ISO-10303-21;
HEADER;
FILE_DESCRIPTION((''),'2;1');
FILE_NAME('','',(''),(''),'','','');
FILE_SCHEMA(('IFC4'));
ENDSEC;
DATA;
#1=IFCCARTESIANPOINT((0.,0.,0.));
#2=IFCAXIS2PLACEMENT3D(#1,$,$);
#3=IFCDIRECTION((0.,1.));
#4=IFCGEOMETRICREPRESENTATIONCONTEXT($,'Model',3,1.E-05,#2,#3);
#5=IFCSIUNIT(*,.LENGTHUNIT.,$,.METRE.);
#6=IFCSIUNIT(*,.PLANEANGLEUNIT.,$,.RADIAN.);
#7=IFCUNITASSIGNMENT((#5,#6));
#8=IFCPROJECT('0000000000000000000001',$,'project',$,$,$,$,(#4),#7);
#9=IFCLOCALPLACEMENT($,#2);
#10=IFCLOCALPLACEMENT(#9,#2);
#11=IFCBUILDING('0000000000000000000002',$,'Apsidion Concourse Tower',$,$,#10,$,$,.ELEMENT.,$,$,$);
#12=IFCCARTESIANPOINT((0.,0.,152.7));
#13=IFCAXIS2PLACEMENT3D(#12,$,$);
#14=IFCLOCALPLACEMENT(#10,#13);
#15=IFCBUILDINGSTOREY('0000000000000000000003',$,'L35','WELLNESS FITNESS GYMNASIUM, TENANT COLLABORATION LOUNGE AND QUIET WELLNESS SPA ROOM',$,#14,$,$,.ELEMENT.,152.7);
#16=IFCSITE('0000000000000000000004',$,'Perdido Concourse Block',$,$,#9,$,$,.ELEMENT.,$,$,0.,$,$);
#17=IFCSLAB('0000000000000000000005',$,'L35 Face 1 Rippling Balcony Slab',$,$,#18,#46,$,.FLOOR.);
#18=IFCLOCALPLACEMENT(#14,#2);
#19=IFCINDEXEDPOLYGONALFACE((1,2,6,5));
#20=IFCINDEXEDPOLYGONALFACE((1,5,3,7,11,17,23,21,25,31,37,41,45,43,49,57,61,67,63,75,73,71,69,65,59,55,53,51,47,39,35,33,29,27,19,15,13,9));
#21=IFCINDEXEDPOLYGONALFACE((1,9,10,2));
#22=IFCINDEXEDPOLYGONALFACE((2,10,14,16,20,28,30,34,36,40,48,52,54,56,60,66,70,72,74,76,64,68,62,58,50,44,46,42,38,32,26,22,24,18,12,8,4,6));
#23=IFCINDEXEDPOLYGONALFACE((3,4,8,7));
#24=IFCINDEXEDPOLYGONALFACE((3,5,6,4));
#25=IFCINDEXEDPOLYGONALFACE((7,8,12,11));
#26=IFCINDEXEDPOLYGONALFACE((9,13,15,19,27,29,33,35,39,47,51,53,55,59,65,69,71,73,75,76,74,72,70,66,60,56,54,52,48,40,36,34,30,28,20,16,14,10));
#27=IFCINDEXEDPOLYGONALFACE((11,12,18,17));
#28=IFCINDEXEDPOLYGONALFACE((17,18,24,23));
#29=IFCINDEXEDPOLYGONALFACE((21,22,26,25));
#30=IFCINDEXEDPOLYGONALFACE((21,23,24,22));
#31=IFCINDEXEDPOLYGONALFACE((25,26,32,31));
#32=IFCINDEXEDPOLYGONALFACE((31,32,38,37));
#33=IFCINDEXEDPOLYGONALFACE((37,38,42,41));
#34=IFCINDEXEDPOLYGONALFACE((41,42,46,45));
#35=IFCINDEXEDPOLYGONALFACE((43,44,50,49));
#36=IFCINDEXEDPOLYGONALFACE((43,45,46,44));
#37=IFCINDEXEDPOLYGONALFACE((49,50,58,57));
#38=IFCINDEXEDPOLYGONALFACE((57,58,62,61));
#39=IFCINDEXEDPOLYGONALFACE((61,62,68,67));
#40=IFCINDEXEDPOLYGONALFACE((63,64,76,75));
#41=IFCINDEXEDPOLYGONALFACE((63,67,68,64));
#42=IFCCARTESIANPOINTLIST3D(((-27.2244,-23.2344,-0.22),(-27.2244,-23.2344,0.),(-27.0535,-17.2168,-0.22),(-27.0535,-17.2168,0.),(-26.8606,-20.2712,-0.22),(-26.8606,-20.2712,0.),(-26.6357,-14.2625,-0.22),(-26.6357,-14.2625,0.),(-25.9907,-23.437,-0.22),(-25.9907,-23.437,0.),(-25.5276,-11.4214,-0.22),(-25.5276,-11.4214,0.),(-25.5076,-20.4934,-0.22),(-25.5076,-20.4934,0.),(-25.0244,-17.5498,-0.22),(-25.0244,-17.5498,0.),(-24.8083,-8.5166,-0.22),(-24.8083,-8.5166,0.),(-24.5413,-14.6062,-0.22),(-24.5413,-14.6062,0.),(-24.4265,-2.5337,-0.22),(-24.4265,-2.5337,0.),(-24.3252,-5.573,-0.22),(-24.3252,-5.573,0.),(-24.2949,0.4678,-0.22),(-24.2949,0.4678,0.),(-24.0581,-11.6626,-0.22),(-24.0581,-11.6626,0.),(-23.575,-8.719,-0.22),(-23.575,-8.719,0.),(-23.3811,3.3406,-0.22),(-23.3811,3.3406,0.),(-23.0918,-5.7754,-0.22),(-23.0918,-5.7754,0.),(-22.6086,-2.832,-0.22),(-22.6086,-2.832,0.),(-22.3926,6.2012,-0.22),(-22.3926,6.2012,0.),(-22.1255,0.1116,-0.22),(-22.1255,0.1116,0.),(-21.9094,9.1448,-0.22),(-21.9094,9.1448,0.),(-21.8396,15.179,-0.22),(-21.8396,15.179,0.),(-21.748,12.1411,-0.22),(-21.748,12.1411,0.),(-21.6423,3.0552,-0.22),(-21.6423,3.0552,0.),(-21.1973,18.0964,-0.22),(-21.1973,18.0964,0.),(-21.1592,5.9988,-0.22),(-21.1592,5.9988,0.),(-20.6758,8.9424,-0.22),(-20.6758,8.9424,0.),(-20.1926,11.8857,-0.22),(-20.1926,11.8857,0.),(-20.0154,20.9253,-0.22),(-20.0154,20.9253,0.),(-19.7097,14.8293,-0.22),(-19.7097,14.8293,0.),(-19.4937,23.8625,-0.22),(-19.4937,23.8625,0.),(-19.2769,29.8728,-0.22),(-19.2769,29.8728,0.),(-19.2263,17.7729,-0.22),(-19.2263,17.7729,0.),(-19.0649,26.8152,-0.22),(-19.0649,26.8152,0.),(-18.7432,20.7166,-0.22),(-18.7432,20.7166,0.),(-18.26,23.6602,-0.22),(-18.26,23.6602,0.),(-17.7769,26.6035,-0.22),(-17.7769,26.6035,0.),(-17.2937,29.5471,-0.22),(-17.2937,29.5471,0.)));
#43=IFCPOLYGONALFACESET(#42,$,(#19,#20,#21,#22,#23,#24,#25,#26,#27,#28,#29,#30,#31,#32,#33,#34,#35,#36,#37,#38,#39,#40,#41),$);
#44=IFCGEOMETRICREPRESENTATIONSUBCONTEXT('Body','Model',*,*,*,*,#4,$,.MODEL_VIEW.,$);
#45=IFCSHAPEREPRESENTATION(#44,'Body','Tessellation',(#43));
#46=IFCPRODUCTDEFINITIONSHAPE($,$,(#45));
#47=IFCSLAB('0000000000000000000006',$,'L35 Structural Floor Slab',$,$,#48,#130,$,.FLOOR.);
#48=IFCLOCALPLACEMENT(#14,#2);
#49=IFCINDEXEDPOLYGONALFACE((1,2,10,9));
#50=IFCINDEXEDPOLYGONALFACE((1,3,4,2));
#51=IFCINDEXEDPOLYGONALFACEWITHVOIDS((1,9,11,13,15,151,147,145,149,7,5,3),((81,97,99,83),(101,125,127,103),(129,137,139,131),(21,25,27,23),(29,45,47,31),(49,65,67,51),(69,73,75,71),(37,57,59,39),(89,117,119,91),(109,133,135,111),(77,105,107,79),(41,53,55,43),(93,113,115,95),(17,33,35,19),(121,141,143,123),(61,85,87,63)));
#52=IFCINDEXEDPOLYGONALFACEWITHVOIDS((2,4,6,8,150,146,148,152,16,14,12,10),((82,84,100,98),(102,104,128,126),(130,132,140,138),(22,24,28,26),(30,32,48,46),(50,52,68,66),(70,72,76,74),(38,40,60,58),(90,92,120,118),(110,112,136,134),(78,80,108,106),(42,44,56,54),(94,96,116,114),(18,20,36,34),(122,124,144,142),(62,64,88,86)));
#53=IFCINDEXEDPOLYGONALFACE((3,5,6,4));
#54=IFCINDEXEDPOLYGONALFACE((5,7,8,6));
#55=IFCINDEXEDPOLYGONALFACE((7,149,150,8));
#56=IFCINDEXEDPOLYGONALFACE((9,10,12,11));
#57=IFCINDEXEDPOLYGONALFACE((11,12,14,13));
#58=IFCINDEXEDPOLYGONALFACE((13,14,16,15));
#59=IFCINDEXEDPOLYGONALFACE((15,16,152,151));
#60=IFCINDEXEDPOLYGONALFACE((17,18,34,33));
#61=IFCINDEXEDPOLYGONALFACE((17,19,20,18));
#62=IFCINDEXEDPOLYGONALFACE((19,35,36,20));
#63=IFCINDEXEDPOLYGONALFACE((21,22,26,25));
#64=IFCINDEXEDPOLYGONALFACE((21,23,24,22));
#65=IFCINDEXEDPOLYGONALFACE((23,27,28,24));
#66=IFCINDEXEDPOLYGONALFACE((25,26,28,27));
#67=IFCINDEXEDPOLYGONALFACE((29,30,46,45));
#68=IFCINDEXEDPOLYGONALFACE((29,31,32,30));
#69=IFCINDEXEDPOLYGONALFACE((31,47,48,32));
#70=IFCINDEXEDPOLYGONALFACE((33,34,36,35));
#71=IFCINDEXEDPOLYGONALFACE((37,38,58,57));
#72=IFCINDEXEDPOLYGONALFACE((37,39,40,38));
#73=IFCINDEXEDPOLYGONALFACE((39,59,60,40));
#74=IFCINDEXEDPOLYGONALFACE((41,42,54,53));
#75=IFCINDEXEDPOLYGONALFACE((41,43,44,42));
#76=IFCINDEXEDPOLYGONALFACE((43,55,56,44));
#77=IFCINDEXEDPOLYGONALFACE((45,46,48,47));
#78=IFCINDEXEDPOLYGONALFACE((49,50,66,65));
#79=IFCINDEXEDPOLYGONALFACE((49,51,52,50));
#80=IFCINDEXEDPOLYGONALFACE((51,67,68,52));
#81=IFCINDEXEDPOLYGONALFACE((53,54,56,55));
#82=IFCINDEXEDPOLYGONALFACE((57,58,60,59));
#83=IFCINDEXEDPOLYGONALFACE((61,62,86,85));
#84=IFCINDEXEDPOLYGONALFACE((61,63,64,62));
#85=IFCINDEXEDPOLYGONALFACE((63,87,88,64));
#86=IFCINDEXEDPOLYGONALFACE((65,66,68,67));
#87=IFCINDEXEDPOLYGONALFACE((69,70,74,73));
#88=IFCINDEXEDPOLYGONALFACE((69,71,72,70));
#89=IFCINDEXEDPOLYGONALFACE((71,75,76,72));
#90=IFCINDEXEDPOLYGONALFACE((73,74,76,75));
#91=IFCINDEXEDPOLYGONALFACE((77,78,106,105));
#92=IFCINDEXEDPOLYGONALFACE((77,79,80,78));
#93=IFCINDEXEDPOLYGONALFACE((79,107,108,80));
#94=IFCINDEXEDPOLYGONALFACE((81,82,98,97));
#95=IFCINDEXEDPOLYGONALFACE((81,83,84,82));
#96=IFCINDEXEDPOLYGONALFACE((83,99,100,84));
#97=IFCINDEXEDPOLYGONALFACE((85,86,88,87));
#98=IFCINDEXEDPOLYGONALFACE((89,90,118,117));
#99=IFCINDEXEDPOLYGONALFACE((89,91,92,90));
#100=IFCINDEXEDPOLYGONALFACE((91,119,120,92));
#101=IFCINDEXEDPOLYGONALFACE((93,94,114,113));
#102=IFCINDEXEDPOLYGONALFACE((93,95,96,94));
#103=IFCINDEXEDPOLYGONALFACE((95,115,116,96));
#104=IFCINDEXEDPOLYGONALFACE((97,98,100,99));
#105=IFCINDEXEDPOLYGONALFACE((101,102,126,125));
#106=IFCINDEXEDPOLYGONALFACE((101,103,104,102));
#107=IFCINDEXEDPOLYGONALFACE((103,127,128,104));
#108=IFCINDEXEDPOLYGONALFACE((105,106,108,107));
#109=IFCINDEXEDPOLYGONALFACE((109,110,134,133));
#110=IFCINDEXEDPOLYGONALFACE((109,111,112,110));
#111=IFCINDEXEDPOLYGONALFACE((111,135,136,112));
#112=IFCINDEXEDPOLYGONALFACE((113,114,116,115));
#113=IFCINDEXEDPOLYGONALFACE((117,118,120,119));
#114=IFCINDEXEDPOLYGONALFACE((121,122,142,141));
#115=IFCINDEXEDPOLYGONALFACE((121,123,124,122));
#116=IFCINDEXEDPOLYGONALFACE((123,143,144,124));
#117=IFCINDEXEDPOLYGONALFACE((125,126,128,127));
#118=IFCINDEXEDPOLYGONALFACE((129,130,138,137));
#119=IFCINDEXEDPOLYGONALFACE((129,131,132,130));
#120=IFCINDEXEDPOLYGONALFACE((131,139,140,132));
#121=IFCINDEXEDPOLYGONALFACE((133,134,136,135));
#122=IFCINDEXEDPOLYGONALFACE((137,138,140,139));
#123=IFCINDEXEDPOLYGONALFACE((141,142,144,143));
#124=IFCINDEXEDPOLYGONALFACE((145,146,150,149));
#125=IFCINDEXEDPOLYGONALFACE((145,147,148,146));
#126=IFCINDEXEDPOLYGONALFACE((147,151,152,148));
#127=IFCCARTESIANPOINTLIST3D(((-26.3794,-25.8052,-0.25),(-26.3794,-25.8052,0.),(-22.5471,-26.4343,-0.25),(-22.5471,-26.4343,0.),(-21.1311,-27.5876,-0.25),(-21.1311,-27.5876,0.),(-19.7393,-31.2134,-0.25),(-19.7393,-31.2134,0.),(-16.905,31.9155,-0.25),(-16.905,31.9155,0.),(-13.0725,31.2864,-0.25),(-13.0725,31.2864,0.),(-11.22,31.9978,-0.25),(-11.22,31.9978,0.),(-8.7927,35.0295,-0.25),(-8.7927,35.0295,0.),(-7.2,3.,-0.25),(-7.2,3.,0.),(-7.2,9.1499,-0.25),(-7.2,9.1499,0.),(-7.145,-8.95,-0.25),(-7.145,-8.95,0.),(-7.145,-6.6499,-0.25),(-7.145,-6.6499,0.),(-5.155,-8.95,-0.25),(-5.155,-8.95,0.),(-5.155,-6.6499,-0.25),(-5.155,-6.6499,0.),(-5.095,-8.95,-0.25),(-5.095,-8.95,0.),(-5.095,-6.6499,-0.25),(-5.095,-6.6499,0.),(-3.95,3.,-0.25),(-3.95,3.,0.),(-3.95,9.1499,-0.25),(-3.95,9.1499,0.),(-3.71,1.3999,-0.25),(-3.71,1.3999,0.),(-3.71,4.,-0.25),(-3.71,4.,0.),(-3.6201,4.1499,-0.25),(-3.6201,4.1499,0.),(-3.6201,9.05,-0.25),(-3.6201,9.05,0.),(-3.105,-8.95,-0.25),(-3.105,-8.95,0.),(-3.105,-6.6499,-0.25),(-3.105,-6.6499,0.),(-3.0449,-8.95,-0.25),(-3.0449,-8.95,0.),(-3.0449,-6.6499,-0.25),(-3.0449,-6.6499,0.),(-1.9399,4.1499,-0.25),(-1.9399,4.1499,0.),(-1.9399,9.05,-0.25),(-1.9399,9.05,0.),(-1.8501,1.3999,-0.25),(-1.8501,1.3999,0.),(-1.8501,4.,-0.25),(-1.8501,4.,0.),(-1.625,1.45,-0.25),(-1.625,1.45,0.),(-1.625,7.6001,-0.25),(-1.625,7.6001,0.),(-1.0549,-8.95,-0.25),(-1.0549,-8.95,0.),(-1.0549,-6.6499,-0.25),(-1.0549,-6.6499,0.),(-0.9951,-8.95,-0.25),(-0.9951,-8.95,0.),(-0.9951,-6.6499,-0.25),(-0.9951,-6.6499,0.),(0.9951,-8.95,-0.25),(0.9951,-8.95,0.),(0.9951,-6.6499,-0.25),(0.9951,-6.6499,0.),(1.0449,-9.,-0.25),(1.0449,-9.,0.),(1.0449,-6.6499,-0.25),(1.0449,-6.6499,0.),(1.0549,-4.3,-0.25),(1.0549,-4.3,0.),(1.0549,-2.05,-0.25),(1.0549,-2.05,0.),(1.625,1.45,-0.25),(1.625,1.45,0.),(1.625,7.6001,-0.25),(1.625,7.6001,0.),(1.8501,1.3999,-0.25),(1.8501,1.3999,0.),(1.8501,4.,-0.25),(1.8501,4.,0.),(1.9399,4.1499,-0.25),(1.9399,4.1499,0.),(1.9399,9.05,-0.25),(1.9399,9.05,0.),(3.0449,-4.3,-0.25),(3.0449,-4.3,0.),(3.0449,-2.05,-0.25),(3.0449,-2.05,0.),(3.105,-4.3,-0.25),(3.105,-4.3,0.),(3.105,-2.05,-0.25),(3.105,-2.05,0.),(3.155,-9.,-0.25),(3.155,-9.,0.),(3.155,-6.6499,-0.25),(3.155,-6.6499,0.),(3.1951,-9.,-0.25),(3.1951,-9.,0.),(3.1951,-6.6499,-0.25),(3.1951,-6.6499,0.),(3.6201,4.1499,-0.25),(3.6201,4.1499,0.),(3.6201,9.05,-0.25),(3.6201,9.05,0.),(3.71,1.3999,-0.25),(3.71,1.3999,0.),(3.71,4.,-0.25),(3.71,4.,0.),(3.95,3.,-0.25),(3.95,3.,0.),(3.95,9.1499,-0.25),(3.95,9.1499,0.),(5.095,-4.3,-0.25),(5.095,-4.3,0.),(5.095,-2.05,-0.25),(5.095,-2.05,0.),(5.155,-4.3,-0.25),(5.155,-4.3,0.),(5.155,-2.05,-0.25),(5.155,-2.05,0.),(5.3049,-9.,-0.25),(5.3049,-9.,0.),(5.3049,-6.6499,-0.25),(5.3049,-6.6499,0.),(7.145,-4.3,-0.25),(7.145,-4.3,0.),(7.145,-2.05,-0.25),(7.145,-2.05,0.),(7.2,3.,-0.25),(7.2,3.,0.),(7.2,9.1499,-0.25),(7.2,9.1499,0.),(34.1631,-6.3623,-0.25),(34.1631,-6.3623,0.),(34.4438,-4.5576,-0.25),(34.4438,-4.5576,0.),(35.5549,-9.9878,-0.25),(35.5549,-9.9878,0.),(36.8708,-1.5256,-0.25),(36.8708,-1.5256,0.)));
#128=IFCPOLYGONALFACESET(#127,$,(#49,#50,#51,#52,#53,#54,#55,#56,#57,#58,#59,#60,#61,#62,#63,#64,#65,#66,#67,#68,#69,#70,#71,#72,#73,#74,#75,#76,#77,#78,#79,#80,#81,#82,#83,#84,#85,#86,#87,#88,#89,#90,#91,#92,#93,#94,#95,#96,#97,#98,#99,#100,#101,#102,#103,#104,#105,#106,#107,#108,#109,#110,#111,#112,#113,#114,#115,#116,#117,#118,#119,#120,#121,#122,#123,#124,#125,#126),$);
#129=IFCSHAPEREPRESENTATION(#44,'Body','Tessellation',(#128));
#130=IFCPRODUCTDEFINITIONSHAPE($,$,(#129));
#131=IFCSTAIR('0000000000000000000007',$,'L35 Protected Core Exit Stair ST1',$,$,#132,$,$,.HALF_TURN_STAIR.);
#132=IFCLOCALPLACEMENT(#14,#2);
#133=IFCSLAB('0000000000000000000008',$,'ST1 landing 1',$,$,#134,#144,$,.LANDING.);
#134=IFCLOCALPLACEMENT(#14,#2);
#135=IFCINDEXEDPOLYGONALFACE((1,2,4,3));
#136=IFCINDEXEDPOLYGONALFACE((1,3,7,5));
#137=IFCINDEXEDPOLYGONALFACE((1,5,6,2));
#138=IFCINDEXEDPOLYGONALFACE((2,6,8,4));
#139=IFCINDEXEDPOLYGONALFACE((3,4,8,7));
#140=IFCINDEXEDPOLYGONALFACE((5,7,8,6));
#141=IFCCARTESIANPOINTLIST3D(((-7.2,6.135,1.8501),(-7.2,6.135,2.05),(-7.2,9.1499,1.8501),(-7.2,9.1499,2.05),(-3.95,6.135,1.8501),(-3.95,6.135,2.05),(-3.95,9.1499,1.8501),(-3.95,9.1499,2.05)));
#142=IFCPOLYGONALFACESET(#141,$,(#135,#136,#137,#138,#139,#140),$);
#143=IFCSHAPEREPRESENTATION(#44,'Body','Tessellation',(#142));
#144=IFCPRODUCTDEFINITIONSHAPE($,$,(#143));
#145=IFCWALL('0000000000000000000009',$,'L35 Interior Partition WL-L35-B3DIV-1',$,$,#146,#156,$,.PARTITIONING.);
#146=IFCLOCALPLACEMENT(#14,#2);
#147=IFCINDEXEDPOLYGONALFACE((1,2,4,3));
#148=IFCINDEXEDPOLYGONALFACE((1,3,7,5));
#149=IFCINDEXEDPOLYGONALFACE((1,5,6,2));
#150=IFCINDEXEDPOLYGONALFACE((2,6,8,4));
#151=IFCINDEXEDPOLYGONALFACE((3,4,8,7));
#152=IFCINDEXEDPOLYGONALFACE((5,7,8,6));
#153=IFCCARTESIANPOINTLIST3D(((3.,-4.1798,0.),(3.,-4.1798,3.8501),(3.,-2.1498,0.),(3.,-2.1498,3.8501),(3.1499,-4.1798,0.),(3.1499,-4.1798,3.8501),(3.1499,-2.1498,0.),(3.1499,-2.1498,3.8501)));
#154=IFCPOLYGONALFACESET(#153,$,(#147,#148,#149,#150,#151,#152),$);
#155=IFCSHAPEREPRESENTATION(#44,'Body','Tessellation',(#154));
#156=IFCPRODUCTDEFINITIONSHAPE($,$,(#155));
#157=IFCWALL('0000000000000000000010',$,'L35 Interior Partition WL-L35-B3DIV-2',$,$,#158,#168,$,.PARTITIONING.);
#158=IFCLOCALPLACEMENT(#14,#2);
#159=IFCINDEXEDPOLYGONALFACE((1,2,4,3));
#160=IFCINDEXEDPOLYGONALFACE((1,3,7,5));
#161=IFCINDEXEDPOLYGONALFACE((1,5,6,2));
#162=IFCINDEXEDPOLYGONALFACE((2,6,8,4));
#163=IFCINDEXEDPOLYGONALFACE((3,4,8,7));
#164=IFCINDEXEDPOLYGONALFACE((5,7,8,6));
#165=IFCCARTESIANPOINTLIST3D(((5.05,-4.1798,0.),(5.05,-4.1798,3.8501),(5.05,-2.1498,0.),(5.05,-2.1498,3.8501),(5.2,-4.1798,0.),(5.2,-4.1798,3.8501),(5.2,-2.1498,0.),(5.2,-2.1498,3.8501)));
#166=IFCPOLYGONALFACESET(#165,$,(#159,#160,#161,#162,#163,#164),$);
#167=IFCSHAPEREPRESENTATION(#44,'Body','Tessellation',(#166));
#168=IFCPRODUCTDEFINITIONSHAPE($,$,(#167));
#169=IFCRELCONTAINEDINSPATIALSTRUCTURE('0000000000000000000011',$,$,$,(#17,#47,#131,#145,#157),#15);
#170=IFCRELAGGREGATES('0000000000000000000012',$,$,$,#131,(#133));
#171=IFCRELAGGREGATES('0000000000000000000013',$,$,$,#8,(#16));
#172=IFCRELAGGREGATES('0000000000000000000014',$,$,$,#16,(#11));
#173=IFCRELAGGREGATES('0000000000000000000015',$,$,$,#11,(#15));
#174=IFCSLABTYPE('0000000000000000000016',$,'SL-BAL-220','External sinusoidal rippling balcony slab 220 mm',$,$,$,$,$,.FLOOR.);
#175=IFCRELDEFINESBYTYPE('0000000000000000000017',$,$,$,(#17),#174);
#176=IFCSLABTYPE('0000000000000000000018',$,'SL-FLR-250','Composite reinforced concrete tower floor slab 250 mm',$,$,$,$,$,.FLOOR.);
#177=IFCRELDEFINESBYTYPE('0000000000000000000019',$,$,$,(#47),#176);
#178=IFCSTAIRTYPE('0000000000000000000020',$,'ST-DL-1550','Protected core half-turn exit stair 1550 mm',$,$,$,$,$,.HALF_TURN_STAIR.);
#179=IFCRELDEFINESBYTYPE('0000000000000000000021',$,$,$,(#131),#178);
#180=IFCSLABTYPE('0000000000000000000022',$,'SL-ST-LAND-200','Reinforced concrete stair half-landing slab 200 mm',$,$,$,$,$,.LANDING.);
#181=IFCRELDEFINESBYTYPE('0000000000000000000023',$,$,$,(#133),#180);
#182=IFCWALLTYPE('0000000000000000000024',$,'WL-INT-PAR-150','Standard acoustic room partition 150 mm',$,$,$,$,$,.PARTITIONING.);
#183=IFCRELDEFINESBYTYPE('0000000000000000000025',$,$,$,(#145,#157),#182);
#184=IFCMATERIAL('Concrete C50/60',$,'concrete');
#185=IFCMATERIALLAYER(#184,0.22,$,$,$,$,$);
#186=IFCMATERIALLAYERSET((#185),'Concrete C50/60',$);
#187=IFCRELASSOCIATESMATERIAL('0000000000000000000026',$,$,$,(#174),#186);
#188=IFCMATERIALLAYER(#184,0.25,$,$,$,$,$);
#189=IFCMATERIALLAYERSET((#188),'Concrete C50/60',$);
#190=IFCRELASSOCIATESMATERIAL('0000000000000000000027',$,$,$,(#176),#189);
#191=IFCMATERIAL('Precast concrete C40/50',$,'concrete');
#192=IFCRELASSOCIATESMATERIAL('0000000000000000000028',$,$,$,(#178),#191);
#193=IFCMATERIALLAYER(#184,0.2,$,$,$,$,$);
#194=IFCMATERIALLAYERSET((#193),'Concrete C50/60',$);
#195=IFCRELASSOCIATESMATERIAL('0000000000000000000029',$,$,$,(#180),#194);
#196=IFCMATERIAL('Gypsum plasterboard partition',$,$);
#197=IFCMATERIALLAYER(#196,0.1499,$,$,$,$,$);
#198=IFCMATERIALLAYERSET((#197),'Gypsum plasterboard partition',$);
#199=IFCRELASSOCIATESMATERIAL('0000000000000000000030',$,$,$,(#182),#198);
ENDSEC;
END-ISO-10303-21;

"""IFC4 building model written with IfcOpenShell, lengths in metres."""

from ifc_helpers import new_model, si_unit, direction, frame, frame_2d, origin, place, context, subcontext, project, spatial, polyline, rectangle, outline, extrude, material, layer, layer_set, type_object, element, aggregate, save


model = new_model("IFC4")

# Units and contexts
model_context = context("Model", 3, precision=1e-05, world=origin(), true_north=direction((0.0, 1.0)))
body_context = subcontext(model_context, "Body", "Model", "MODEL_VIEW")
ifc_project = project(units=[si_unit("LENGTHUNIT", "METRE"), si_unit("PLANEANGLEUNIT", "RADIAN")], contexts=[model_context])

# Site, building, storey
site_placement = place(None, origin())
site = spatial("IfcSite", under=ifc_project, at=site_placement, Name="Perdido Concourse Block", CompositionType="ELEMENT", RefElevation=0.0)
building_placement = place(site_placement, origin())
building = spatial("IfcBuilding", under=site, at=building_placement, Name="Apsidion Concourse Tower", CompositionType="ELEMENT")
storey_placement = place(building_placement, frame((0.0, 0.0, 152.7)))
storey = spatial("IfcBuildingStorey", under=building, at=storey_placement, Name="L35", Description="WELLNESS FITNESS GYMNASIUM, TENANT COLLABORATION LOUNGE AND QUIET WELLNESS SPA ROOM", CompositionType="ELEMENT", Elevation=152.7)

# Shared definitions
ifc_material_1 = material(Name="Concrete C50/60", Category="concrete")

# Slabs
ifc_layer_1 = layer(ifc_material_1, 0.22)
ifc_layer_set_1 = layer_set([ifc_layer_1], Name="Concrete C50/60")
slab_type_1 = type_object("IfcSlabType", Name="SL-BAL-220", Description="External sinusoidal rippling balcony slab 220 mm", PredefinedType="FLOOR", material=ifc_layer_set_1)
slab_1_placement = place(storey_placement, frame((0.0, 0.0, -0.22)))
element("IfcSlab", 1, at=slab_1_placement, inside=storey, type_object=slab_type_1, Name="L35 Face 1 Rippling Balcony Slab", PredefinedType="FLOOR", context=body_context, shape_type="SweptSolid", body=[
    extrude(outline(polyline([(-17.2937, 29.5471), (-17.7769, 26.6035), (-18.26, 23.6602), (-18.7432, 20.7166), (-19.2263, 17.7729), (-19.7097, 14.8293), (-20.1926, 11.8857), (-20.6758, 8.9424), (-21.1592, 5.9988), (-21.6423, 3.0552), (-22.1255, 0.1116), (-22.6086, -2.832), (-23.0918, -5.7754), (-23.575, -8.719), (-24.0581, -11.6626), (-24.5413, -14.6062), (-25.0244, -17.5498), (-25.5076, -20.4934), (-25.9907, -23.437), (-27.2244, -23.2344), (-26.8606, -20.2712), (-27.0535, -17.2168), (-26.6357, -14.2625), (-25.5276, -11.4214), (-24.8083, -8.5166), (-24.3252, -5.573), (-24.4265, -2.5337), (-24.2949, 0.4678), (-23.3811, 3.3406), (-22.3926, 6.2012), (-21.9094, 9.1448), (-21.748, 12.1411), (-21.8396, 15.179), (-21.1973, 18.0964), (-20.0154, 20.9253), (-19.4937, 23.8625), (-19.0649, 26.8152), (-19.2769, 29.8728), (-17.2937, 29.5471)])), origin(), (0.0, 0.0, 1.0), 0.22),
])
ifc_layer_2 = layer(ifc_material_1, 0.25)
ifc_layer_set_2 = layer_set([ifc_layer_2], Name="Concrete C50/60")
slab_type_2 = type_object("IfcSlabType", Name="SL-FLR-250", Description="Composite reinforced concrete tower floor slab 250 mm", PredefinedType="FLOOR", material=ifc_layer_set_2)
slab_2_placement = place(storey_placement, frame((0.0, 0.0, -0.25)))
element("IfcSlab", 2, at=slab_2_placement, inside=storey, type_object=slab_type_2, Name="L35 Structural Floor Slab", PredefinedType="FLOOR", context=body_context, shape_type="SweptSolid", body=[
    extrude(outline(polyline([(-8.7927, 35.0295), (-11.22, 31.9978), (-13.0725, 31.2864), (-16.905, 31.9155), (-26.3794, -25.8052), (-22.5471, -26.4343), (-21.1311, -27.5876), (-19.7393, -31.2134), (35.5549, -9.9878), (34.1631, -6.3623), (34.4438, -4.5576), (36.8708, -1.5256), (-8.7927, 35.0295)]), holes=[polyline([(-3.95, 3.0), (-3.95, 9.1499), (-7.2, 9.1499), (-7.2, 3.0), (-3.95, 3.0)]), polyline([(7.2, 3.0), (7.2, 9.1499), (3.95, 9.1499), (3.95, 3.0), (7.2, 3.0)]), polyline([(-1.625, 7.6001), (-1.625, 1.45), (1.625, 1.45), (1.625, 7.6001), (-1.625, 7.6001)]), polyline([(1.0549, -4.3), (3.0449, -4.3), (3.0449, -2.05), (1.0549, -2.05), (1.0549, -4.3)]), polyline([(3.105, -4.3), (5.095, -4.3), (5.095, -2.05), (3.105, -2.05), (3.105, -4.3)]), polyline([(5.155, -4.3), (7.145, -4.3), (7.145, -2.05), (5.155, -2.05), (5.155, -4.3)]), polyline([(-7.145, -8.95), (-5.155, -8.95), (-5.155, -6.6499), (-7.145, -6.6499), (-7.145, -8.95)]), polyline([(-5.095, -8.95), (-3.105, -8.95), (-3.105, -6.6499), (-5.095, -6.6499), (-5.095, -8.95)]), polyline([(-3.0449, -8.95), (-1.0549, -8.95), (-1.0549, -6.6499), (-3.0449, -6.6499), (-3.0449, -8.95)]), polyline([(-0.9951, -8.95), (0.9951, -8.95), (0.9951, -6.6499), (-0.9951, -6.6499), (-0.9951, -8.95)]), polyline([(1.0449, -9.0), (3.155, -9.0), (3.155, -6.6499), (1.0449, -6.6499), (1.0449, -9.0)]), polyline([(3.1951, -9.0), (5.3049, -9.0), (5.3049, -6.6499), (3.1951, -6.6499), (3.1951, -9.0)]), polyline([(-3.71, 1.3999), (-1.8501, 1.3999), (-1.8501, 4.0), (-3.71, 4.0), (-3.71, 1.3999)]), polyline([(1.8501, 1.3999), (3.71, 1.3999), (3.71, 4.0), (1.8501, 4.0), (1.8501, 1.3999)]), polyline([(-3.6201, 4.1499), (-1.9399, 4.1499), (-1.9399, 9.05), (-3.6201, 9.05), (-3.6201, 4.1499)]), polyline([(1.9399, 4.1499), (3.6201, 4.1499), (3.6201, 9.05), (1.9399, 9.05), (1.9399, 4.1499)])]), origin(), (0.0, 0.0, 1.0), 0.25),
])

# Stair, slab
ifc_material_2 = material(Name="Precast concrete C40/50", Category="concrete")
stair_type = type_object("IfcStairType", Name="ST-DL-1550", Description="Protected core half-turn exit stair 1550 mm", PredefinedType="HALF_TURN_STAIR", material=ifc_material_2)
stair_placement = place(storey_placement, origin())
stair = element("IfcStair", 3, at=stair_placement, inside=storey, type_object=stair_type, Name="L35 Protected Core Exit Stair ST1", PredefinedType="HALF_TURN_STAIR")
ifc_layer_3 = layer(ifc_material_1, 0.2)
ifc_layer_set_3 = layer_set([ifc_layer_3], Name="Concrete C50/60")
slab_type_3 = type_object("IfcSlabType", Name="SL-ST-LAND-200", Description="Reinforced concrete stair half-landing slab 200 mm", PredefinedType="LANDING", material=ifc_layer_set_3)
slab_3_placement = place(storey_placement, frame((0.0, 0.0, 1.8501)))
slab_3 = element("IfcSlab", 4, at=slab_3_placement, type_object=slab_type_3, Name="ST1 landing 1", PredefinedType="LANDING", context=body_context, shape_type="SweptSolid", body=[
    extrude(outline(polyline([(-3.95, 6.135), (-3.95, 9.1499), (-7.2, 9.1499), (-7.2, 6.135), (-3.95, 6.135)])), origin(), (0.0, 0.0, 1.0), 0.2),
])
aggregate(stair, [slab_3])

# Walls
ifc_material_3 = material(Name="Gypsum plasterboard partition")
ifc_layer_4 = layer(ifc_material_3, 0.1499)
ifc_layer_set_4 = layer_set([ifc_layer_4], Name="Gypsum plasterboard partition")
wall_type_1 = type_object("IfcWallType", Name="WL-INT-PAR-150", Description="Standard acoustic room partition 150 mm", PredefinedType="PARTITIONING", material=ifc_layer_set_4)
for number, where, z_axis, x_axis, name in (
    (5, (3.075, -4.1799, 0.0), (0.0, 0.0, 1.0), (0.0, 1.0, 0.0), "L35 Interior Partition WL-L35-B3DIV-1"),
    (6, (5.125, -4.1799, 0.0), (0.0, 0.0, 1.0), (0.0, 1.0, 0.0), "L35 Interior Partition WL-L35-B3DIV-2"),
):
    element("IfcWall", number, at=place(storey_placement, frame(where, z_axis=z_axis, x_axis=x_axis)), inside=storey, type_object=wall_type_1, Name=name, PredefinedType="PARTITIONING", context=body_context, shape_type="SweptSolid", body=[
        extrude(rectangle(XDim=2.03, YDim=0.1499, at=frame_2d((1.0151, 0.0))), origin(), (0.0, 0.0, 1.0), 3.8501),
    ])

save(model, "model.ifc")
